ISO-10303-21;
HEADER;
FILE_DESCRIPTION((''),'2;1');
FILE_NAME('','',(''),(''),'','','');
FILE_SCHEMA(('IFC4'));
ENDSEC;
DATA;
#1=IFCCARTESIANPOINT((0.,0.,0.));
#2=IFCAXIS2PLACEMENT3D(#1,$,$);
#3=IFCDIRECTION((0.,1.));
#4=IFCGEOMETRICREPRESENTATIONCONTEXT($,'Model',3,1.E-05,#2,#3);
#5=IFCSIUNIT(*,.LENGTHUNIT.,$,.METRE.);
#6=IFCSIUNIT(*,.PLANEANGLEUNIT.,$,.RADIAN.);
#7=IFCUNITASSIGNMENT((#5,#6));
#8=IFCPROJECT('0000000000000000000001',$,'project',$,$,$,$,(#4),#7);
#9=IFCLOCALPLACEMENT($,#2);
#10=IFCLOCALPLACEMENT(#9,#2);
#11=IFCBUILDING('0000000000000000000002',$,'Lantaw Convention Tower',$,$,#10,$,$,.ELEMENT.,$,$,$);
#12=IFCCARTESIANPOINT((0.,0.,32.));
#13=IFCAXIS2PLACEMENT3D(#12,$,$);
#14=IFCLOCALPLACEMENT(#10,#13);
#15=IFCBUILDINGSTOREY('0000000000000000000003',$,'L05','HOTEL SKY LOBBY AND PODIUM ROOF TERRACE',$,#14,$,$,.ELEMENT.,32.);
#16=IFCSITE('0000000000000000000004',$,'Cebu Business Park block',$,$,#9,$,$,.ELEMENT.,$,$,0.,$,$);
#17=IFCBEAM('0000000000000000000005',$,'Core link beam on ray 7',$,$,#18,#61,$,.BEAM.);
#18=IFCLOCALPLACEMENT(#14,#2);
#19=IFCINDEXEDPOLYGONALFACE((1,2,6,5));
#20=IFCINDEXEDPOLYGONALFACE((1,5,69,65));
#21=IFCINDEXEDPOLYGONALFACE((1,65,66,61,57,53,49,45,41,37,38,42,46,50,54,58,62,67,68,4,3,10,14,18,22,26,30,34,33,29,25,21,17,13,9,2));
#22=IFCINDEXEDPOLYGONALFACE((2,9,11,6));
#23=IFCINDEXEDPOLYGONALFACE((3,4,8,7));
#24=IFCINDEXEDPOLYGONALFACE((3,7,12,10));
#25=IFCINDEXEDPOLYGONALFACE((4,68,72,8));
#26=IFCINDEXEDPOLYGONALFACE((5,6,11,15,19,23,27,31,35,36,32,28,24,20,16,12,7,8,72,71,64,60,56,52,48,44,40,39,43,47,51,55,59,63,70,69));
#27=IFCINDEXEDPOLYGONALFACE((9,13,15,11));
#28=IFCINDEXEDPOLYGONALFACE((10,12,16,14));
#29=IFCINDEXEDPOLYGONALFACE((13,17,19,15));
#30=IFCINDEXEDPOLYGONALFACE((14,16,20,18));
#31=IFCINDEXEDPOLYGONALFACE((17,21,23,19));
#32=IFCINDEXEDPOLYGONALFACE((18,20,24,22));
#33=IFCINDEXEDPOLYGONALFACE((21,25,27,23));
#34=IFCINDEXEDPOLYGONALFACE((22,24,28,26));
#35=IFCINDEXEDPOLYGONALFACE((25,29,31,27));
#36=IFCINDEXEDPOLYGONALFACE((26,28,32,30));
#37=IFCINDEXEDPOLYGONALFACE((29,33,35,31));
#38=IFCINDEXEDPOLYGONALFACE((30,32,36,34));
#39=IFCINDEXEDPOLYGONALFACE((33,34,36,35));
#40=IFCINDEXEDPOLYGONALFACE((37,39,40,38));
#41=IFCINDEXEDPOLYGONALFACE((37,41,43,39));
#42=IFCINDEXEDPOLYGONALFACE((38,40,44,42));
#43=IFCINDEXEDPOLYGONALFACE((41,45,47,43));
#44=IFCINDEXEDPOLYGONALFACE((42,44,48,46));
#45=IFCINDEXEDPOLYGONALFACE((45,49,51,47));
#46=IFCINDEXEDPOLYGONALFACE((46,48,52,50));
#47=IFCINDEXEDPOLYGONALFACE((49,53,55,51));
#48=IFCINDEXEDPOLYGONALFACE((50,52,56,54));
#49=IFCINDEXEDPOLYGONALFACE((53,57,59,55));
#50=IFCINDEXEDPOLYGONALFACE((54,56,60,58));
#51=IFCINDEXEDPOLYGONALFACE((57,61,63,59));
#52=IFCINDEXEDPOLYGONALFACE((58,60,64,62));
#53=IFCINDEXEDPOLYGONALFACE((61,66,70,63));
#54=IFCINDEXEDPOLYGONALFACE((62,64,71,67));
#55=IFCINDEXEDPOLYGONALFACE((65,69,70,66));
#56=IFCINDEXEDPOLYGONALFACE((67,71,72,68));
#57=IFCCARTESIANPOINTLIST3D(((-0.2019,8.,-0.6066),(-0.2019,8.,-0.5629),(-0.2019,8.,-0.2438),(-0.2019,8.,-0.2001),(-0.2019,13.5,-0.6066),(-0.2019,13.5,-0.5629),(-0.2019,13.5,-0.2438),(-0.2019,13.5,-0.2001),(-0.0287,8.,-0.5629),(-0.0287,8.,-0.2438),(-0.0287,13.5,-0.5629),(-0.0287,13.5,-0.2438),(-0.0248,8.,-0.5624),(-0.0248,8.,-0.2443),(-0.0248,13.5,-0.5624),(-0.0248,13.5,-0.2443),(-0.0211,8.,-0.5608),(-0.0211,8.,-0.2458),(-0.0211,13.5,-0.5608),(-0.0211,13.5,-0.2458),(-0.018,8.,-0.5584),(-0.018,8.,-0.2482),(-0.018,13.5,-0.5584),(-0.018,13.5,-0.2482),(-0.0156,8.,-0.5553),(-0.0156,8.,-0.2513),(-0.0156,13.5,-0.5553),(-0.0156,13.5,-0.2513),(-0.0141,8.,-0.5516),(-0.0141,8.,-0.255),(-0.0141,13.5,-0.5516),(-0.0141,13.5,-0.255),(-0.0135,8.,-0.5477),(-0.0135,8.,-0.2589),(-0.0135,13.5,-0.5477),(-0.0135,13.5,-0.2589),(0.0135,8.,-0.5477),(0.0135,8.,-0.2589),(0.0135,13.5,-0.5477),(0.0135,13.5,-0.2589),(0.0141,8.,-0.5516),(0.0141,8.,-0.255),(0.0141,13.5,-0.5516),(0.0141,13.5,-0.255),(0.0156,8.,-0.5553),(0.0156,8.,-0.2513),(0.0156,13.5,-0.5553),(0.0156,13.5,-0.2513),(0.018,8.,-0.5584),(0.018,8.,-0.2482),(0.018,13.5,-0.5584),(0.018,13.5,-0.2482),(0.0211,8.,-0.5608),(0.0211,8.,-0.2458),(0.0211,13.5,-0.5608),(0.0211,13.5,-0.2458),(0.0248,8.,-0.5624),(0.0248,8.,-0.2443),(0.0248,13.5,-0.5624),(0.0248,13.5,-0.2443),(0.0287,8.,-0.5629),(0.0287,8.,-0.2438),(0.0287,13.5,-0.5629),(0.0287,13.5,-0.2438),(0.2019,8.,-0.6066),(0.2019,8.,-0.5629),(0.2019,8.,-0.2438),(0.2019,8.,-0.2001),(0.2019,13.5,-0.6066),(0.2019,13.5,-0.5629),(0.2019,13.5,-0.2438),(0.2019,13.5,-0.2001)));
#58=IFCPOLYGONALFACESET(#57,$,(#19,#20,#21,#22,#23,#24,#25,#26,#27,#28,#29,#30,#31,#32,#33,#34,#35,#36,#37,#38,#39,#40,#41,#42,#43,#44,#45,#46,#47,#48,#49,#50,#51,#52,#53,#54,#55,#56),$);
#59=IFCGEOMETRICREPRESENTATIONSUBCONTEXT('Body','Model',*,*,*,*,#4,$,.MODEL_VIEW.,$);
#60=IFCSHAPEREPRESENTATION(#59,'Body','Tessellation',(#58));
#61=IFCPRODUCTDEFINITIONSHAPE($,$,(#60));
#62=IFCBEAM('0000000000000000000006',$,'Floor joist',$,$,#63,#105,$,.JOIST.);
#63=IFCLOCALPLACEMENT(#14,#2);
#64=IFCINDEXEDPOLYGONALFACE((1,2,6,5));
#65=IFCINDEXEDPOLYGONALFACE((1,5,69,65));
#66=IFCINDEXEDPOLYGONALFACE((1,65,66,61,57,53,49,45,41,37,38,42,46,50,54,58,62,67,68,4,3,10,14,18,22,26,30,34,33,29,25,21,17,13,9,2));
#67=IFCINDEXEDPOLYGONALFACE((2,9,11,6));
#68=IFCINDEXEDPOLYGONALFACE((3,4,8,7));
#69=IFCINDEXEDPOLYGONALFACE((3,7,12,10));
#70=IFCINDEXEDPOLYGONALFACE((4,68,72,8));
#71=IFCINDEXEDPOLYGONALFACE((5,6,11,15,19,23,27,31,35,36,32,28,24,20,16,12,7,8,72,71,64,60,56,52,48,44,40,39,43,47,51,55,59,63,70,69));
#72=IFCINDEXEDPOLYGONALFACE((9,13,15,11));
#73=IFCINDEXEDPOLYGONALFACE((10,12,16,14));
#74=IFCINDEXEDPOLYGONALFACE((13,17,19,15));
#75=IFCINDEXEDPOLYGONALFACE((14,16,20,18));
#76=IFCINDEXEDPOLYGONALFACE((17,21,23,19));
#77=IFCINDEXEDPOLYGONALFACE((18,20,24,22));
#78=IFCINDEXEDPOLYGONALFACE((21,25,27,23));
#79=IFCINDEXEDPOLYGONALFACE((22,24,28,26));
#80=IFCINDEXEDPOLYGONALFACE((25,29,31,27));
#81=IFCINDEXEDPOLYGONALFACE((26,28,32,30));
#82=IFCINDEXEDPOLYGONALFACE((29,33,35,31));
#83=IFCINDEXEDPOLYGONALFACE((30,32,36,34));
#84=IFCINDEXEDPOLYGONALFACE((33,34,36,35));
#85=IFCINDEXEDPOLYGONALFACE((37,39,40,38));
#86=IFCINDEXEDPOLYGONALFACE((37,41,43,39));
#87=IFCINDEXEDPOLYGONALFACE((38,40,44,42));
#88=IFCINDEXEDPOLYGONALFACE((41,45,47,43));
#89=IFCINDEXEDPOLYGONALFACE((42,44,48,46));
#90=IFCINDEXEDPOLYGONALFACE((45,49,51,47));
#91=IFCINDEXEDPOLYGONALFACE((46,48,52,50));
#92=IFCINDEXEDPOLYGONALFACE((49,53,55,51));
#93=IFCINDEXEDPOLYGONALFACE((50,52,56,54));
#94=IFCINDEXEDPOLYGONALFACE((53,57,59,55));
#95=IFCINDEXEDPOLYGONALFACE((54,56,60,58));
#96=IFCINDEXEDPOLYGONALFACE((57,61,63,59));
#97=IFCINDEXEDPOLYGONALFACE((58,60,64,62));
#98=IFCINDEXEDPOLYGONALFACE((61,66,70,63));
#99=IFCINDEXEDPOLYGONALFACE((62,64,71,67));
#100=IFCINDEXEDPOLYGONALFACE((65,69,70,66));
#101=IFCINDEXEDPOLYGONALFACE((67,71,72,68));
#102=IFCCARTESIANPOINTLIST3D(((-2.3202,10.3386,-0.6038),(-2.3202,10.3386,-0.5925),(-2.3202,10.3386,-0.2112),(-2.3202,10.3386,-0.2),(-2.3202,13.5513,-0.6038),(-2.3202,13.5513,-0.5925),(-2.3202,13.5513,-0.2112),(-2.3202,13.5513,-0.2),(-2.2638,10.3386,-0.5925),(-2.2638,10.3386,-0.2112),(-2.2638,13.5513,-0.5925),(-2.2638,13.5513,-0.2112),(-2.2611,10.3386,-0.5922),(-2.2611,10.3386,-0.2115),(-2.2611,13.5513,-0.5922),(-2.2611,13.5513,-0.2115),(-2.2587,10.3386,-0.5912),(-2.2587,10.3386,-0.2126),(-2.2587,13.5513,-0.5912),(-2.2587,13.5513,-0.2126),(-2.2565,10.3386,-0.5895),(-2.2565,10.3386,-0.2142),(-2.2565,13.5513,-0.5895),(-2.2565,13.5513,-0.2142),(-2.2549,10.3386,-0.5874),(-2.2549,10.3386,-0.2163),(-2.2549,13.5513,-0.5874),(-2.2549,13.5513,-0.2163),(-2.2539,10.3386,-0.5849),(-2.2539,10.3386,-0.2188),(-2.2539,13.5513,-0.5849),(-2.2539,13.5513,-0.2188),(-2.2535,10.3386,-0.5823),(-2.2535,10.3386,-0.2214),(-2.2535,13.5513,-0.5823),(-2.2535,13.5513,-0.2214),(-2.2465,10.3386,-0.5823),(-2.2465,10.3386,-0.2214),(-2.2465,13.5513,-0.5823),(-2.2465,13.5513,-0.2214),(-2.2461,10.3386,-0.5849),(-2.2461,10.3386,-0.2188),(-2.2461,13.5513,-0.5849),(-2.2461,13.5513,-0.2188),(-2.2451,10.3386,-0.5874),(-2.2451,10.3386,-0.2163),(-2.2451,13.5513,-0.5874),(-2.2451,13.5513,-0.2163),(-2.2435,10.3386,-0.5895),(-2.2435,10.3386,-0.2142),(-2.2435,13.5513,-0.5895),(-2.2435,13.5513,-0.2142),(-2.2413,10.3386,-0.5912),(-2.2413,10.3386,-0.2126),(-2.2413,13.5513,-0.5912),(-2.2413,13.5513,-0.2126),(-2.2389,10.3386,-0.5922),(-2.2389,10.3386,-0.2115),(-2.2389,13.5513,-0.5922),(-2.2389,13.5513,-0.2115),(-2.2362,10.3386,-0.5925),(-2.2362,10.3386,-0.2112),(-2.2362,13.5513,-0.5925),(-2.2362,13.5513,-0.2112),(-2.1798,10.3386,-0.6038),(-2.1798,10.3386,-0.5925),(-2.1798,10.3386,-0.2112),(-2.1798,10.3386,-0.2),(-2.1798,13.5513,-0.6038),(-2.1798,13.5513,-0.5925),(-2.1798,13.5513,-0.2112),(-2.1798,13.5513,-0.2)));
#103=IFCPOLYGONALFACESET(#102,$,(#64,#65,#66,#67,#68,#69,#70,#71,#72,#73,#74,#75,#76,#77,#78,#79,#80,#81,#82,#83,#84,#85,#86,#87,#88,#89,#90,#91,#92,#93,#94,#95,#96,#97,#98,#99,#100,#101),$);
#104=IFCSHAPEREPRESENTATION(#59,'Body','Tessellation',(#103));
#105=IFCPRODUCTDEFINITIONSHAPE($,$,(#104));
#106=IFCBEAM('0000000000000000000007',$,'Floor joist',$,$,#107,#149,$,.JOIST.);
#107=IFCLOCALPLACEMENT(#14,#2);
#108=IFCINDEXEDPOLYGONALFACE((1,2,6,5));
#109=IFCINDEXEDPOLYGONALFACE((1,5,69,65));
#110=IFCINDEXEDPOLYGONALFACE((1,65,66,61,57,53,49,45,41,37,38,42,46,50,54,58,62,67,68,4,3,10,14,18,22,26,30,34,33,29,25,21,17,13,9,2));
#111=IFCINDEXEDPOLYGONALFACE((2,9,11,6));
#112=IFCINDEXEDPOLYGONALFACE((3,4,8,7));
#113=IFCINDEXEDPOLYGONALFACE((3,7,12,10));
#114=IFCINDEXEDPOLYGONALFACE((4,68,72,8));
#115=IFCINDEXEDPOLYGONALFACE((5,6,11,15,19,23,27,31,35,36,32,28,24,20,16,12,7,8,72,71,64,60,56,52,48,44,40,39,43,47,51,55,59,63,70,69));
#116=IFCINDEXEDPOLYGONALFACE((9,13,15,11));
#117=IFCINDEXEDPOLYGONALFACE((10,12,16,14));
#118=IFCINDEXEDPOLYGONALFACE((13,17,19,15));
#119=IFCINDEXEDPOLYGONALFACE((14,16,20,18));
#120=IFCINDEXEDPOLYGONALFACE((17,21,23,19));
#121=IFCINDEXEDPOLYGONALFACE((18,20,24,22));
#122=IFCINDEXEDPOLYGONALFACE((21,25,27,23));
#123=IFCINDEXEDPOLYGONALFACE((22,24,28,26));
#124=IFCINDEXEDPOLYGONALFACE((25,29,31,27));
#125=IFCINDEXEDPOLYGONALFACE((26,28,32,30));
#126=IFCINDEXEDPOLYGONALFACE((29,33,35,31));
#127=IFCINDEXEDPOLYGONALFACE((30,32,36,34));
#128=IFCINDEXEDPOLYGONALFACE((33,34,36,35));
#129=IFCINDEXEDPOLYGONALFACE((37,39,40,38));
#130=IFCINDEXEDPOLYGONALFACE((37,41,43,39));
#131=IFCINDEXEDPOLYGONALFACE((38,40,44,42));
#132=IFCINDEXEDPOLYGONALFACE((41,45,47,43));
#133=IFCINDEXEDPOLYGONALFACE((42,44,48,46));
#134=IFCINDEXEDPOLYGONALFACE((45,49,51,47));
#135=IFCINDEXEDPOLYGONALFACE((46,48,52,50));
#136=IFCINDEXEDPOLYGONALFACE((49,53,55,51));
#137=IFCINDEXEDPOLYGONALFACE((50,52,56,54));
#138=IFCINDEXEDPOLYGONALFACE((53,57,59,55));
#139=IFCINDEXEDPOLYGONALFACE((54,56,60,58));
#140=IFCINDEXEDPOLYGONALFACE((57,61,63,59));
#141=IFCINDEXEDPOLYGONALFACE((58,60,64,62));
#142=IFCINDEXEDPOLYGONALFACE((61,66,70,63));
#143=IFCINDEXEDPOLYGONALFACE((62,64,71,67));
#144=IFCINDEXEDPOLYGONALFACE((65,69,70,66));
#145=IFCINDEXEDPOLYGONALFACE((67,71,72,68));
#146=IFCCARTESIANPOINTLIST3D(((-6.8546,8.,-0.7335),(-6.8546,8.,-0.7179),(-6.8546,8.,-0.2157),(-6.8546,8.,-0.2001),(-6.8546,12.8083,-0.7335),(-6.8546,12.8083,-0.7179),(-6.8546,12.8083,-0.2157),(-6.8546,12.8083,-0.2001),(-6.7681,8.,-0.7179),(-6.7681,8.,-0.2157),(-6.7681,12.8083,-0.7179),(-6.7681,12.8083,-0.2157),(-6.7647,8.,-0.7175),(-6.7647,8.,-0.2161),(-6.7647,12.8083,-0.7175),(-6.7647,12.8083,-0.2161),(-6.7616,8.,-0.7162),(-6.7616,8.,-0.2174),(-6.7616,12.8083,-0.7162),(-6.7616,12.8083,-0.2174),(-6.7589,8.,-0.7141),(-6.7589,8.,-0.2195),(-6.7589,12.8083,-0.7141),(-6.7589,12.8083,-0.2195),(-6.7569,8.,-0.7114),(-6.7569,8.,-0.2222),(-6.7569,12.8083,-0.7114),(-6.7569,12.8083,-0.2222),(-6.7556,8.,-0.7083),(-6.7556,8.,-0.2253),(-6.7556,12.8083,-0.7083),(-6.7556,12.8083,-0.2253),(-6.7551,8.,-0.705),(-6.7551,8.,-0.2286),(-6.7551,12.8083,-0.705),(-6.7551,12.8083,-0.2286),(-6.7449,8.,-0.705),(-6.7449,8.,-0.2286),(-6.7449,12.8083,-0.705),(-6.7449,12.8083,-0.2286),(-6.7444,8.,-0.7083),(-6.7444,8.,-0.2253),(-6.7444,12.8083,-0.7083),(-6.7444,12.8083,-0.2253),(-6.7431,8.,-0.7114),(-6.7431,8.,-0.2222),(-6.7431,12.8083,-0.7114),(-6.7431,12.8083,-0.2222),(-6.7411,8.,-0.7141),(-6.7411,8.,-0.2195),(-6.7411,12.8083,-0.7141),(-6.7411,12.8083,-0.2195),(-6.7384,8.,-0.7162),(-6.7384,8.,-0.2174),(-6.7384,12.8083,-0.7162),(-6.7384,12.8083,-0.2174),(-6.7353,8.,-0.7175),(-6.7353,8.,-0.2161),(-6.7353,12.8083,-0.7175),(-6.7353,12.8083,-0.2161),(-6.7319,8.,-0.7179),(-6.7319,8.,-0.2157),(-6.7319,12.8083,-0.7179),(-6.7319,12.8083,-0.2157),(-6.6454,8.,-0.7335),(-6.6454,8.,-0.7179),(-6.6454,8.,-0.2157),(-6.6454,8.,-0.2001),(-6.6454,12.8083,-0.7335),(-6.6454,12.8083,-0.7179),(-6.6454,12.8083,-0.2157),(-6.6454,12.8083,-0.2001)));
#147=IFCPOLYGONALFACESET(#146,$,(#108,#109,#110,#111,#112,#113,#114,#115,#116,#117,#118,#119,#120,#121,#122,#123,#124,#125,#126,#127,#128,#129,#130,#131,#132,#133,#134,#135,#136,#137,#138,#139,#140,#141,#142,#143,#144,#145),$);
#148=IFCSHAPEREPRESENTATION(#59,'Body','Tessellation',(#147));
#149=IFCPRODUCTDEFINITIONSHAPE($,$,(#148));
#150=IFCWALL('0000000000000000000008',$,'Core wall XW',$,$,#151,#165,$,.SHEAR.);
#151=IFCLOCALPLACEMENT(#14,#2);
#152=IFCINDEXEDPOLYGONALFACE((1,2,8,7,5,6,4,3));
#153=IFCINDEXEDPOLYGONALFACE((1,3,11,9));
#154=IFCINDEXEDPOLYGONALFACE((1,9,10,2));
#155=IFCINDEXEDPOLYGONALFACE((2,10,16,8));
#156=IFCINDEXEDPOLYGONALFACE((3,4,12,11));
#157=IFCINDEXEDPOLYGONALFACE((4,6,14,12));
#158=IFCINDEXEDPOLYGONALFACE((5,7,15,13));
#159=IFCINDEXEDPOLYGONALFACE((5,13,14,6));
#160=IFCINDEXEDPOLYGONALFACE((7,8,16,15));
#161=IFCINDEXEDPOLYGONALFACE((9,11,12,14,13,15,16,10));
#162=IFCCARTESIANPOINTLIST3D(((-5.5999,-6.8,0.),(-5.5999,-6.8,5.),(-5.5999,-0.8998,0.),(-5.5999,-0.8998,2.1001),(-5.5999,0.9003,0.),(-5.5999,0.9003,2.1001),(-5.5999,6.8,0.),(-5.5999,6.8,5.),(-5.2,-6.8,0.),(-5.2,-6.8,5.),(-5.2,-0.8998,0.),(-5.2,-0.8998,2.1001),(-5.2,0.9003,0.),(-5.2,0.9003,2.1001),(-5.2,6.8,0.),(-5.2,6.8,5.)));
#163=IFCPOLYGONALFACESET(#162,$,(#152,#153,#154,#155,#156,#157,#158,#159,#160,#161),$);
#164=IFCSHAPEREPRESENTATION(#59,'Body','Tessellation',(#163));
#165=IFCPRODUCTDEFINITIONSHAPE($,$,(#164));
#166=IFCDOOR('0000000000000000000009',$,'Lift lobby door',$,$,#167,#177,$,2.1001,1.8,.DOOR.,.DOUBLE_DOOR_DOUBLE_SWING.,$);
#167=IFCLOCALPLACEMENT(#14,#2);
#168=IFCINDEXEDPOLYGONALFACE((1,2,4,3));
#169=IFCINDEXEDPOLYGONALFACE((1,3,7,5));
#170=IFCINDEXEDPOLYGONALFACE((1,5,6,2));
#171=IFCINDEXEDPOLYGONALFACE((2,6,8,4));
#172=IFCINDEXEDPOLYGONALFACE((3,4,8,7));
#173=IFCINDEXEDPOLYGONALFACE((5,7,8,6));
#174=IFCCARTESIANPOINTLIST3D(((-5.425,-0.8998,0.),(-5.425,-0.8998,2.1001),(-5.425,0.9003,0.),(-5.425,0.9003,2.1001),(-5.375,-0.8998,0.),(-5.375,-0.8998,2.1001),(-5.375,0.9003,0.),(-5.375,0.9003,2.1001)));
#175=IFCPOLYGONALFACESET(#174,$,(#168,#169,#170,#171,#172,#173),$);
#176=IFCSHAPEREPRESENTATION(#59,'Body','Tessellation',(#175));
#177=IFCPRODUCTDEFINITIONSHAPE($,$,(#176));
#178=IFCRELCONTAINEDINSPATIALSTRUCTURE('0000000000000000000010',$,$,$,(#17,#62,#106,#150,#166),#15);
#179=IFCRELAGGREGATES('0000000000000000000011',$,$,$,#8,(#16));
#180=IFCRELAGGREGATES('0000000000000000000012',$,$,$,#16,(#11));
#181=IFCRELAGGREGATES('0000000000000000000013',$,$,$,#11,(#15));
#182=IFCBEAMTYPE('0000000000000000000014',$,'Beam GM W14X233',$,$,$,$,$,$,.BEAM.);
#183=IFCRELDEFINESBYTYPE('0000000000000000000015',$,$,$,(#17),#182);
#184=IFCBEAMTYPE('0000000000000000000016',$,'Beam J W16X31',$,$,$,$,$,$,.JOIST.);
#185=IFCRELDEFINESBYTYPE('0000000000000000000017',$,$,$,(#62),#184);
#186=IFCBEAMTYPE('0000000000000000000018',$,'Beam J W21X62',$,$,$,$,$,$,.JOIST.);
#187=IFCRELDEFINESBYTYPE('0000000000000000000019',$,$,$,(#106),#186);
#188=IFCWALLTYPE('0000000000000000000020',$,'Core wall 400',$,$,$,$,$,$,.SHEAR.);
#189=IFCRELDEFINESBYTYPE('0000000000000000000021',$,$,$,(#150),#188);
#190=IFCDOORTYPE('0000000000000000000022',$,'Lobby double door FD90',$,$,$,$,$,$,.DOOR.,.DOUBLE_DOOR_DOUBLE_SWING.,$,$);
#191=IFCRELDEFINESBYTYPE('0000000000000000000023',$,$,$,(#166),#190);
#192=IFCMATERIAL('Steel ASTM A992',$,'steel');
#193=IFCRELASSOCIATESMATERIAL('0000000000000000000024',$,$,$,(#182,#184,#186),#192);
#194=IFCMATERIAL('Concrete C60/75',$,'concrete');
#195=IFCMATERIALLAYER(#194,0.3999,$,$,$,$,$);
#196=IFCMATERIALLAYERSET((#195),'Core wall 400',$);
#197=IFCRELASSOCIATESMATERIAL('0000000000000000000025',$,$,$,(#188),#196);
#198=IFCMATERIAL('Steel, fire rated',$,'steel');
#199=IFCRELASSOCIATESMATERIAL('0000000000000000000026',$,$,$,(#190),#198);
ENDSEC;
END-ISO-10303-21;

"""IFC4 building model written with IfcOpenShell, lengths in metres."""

from ifc_helpers import new_model, si_unit, direction, frame, frame_2d, origin, origin_2d, place, context, subcontext, project, spatial, rectangle, i_section, extrude, material, layer, layer_set, material_profile, profile_set, type_object, element, fill, save


model = new_model("IFC4")

# Units and contexts
model_context = context("Model", 3, precision=1e-05, world=origin(), true_north=direction((0.0, 1.0)))
body_context = subcontext(model_context, "Body", "Model", "MODEL_VIEW")
ifc_project = project(units=[si_unit("LENGTHUNIT", "METRE"), si_unit("PLANEANGLEUNIT", "RADIAN")], contexts=[model_context])

# Site, building, storey
site_placement = place(None, origin())
site = spatial("IfcSite", under=ifc_project, at=site_placement, Name="Cebu Business Park block", CompositionType="ELEMENT", RefElevation=0.0)
building_placement = place(site_placement, origin())
building = spatial("IfcBuilding", under=site, at=building_placement, Name="Lantaw Convention Tower", CompositionType="ELEMENT")
storey_placement = place(building_placement, frame((0.0, 0.0, 32.0)))
storey = spatial("IfcBuildingStorey", under=building, at=storey_placement, Name="L05", Description="HOTEL SKY LOBBY AND PODIUM ROOF TERRACE", CompositionType="ELEMENT", Elevation=32.0)

# Beams
ifc_material_1 = material(Name="Steel ASTM A992", Category="steel")
ifc_material_profile_1 = material_profile(ifc_material_1, i_section(OverallWidth=0.4038, OverallDepth=0.4065, WebThickness=0.0271, FlangeThickness=0.0437, FilletRadius=0.0151, at=origin_2d()), Name="W14X233")
ifc_profile_set_1 = profile_set([ifc_material_profile_1], Name="Steel ASTM A992")
beam_type_1 = type_object("IfcBeamType", Name="Beam GM W14X233", PredefinedType="BEAM", material=ifc_profile_set_1)
beam_1_placement = place(storey_placement, frame((0.0, 8.0, -0.4033), z_axis=(0.0, 1.0, 0.0), x_axis=(-1.0, 0.0, 0.0)))
element("IfcBeam", 1, at=beam_1_placement, inside=storey, type_object=beam_type_1, Name="Core link beam on ray 7", PredefinedType="BEAM", context=body_context, shape_type="SweptSolid", body=[
    extrude(i_section(OverallWidth=0.4038, OverallDepth=0.4065, WebThickness=0.0271, FlangeThickness=0.0437, FilletRadius=0.0151, at=origin_2d()), origin(), (0.0, 0.0, 1.0), 5.5),
])
ifc_material_profile_2 = material_profile(ifc_material_1, i_section(OverallWidth=0.1404, OverallDepth=0.4038, WebThickness=0.0071, FlangeThickness=0.0112, FilletRadius=0.0103, at=origin_2d()), Name="W16X31")
ifc_profile_set_2 = profile_set([ifc_material_profile_2], Name="Steel ASTM A992")
beam_type_2 = type_object("IfcBeamType", Name="Beam J W16X31", PredefinedType="JOIST", material=ifc_profile_set_2)
beam_2_placement = place(storey_placement, frame((-2.25, 10.3386, -0.4019), z_axis=(0.0, 1.0, 0.0), x_axis=(-1.0, 0.0, 0.0)))
element("IfcBeam", 2, at=beam_2_placement, inside=storey, type_object=beam_type_2, Name="Floor joist", PredefinedType="JOIST", context=body_context, shape_type="SweptSolid", body=[
    extrude(i_section(OverallWidth=0.1404, OverallDepth=0.4038, WebThickness=0.0071, FlangeThickness=0.0112, FilletRadius=0.0103, at=origin_2d()), origin(), (0.0, 0.0, 1.0), 3.2126),
])
ifc_material_profile_3 = material_profile(ifc_material_1, i_section(OverallWidth=0.2092, OverallDepth=0.5334, WebThickness=0.0103, FlangeThickness=0.0156, FilletRadius=0.0129, at=origin_2d()), Name="W21X62")
ifc_profile_set_3 = profile_set([ifc_material_profile_3], Name="Steel ASTM A992")
beam_type_3 = type_object("IfcBeamType", Name="Beam J W21X62", PredefinedType="JOIST", material=ifc_profile_set_3)
beam_3_placement = place(storey_placement, frame((-6.75, 8.0, -0.4668), z_axis=(0.0, 1.0, 0.0), x_axis=(-1.0, 0.0, 0.0)))
element("IfcBeam", 3, at=beam_3_placement, inside=storey, type_object=beam_type_3, Name="Floor joist", PredefinedType="JOIST", context=body_context, shape_type="SweptSolid", body=[
    extrude(i_section(OverallWidth=0.2092, OverallDepth=0.5334, WebThickness=0.0103, FlangeThickness=0.0156, FilletRadius=0.0129, at=origin_2d()), origin(), (0.0, 0.0, 1.0), 4.8083),
])

# Wall, opening, door
ifc_material_2 = material(Name="Concrete C60/75", Category="concrete")
ifc_layer_1 = layer(ifc_material_2, 0.3999)
ifc_layer_set_1 = layer_set([ifc_layer_1], Name="Core wall 400")
wall_type_1 = type_object("IfcWallType", Name="Core wall 400", PredefinedType="SHEAR", material=ifc_layer_set_1)
wall_1_placement = place(storey_placement, frame((-5.3999, 6.8, 0.0), z_axis=(0.0, 0.0, 1.0), x_axis=(0.0, -1.0, 0.0)))
wall_1 = element("IfcWall", 4, at=wall_1_placement, inside=storey, type_object=wall_type_1, Name="Core wall XW", PredefinedType="SHEAR", context=body_context, shape_type="SweptSolid", body=[
    extrude(rectangle(XDim=13.6001, YDim=0.3999, at=frame_2d((6.8, 0.0))), origin(), (0.0, 0.0, 1.0), 5.0),
])
opening_1_placement = place(wall_1_placement, frame((5.8999, 0.0, 0.0)))
opening_1 = element("IfcOpeningElement", 5, at=opening_1_placement, cuts=wall_1, PredefinedType="OPENING", context=body_context, shape_type="SweptSolid", body=[
    extrude(rectangle(XDim=1.8, YDim=2.1001, at=frame_2d((0.8999, 1.05))), frame((0.0, 0.21, 0.0), z_axis=(0.0, -1.0, 0.0), x_axis=(1.0, 0.0, 0.0)), (0.0, 0.0, 1.0), 0.4199),
])
ifc_material_3 = material(Name="Steel, fire rated", Category="steel")
door_type_1 = type_object("IfcDoorType", Name="Lobby double door FD90", OperationType="DOUBLE_DOOR_DOUBLE_SWING", PredefinedType="DOOR", material=ifc_material_3)
door_1_placement = place(opening_1_placement, origin())
door_1 = element("IfcDoor", 6, at=door_1_placement, inside=storey, type_object=door_type_1, Name="Lift lobby door", OperationType="DOUBLE_DOOR_DOUBLE_SWING", OverallHeight=2.1001, OverallWidth=1.8, PredefinedType="DOOR", context=body_context, shape_type="SweptSolid", body=[
    extrude(rectangle(XDim=1.8, YDim=2.1001, at=frame_2d((0.8999, 1.05))), frame((0.0, 0.0249, 0.0), z_axis=(0.0, -1.0, 0.0), x_axis=(1.0, 0.0, 0.0)), (0.0, 0.0, 1.0), 0.05),
])
fill(opening_1, door_1)

save(model, "model.ifc")
